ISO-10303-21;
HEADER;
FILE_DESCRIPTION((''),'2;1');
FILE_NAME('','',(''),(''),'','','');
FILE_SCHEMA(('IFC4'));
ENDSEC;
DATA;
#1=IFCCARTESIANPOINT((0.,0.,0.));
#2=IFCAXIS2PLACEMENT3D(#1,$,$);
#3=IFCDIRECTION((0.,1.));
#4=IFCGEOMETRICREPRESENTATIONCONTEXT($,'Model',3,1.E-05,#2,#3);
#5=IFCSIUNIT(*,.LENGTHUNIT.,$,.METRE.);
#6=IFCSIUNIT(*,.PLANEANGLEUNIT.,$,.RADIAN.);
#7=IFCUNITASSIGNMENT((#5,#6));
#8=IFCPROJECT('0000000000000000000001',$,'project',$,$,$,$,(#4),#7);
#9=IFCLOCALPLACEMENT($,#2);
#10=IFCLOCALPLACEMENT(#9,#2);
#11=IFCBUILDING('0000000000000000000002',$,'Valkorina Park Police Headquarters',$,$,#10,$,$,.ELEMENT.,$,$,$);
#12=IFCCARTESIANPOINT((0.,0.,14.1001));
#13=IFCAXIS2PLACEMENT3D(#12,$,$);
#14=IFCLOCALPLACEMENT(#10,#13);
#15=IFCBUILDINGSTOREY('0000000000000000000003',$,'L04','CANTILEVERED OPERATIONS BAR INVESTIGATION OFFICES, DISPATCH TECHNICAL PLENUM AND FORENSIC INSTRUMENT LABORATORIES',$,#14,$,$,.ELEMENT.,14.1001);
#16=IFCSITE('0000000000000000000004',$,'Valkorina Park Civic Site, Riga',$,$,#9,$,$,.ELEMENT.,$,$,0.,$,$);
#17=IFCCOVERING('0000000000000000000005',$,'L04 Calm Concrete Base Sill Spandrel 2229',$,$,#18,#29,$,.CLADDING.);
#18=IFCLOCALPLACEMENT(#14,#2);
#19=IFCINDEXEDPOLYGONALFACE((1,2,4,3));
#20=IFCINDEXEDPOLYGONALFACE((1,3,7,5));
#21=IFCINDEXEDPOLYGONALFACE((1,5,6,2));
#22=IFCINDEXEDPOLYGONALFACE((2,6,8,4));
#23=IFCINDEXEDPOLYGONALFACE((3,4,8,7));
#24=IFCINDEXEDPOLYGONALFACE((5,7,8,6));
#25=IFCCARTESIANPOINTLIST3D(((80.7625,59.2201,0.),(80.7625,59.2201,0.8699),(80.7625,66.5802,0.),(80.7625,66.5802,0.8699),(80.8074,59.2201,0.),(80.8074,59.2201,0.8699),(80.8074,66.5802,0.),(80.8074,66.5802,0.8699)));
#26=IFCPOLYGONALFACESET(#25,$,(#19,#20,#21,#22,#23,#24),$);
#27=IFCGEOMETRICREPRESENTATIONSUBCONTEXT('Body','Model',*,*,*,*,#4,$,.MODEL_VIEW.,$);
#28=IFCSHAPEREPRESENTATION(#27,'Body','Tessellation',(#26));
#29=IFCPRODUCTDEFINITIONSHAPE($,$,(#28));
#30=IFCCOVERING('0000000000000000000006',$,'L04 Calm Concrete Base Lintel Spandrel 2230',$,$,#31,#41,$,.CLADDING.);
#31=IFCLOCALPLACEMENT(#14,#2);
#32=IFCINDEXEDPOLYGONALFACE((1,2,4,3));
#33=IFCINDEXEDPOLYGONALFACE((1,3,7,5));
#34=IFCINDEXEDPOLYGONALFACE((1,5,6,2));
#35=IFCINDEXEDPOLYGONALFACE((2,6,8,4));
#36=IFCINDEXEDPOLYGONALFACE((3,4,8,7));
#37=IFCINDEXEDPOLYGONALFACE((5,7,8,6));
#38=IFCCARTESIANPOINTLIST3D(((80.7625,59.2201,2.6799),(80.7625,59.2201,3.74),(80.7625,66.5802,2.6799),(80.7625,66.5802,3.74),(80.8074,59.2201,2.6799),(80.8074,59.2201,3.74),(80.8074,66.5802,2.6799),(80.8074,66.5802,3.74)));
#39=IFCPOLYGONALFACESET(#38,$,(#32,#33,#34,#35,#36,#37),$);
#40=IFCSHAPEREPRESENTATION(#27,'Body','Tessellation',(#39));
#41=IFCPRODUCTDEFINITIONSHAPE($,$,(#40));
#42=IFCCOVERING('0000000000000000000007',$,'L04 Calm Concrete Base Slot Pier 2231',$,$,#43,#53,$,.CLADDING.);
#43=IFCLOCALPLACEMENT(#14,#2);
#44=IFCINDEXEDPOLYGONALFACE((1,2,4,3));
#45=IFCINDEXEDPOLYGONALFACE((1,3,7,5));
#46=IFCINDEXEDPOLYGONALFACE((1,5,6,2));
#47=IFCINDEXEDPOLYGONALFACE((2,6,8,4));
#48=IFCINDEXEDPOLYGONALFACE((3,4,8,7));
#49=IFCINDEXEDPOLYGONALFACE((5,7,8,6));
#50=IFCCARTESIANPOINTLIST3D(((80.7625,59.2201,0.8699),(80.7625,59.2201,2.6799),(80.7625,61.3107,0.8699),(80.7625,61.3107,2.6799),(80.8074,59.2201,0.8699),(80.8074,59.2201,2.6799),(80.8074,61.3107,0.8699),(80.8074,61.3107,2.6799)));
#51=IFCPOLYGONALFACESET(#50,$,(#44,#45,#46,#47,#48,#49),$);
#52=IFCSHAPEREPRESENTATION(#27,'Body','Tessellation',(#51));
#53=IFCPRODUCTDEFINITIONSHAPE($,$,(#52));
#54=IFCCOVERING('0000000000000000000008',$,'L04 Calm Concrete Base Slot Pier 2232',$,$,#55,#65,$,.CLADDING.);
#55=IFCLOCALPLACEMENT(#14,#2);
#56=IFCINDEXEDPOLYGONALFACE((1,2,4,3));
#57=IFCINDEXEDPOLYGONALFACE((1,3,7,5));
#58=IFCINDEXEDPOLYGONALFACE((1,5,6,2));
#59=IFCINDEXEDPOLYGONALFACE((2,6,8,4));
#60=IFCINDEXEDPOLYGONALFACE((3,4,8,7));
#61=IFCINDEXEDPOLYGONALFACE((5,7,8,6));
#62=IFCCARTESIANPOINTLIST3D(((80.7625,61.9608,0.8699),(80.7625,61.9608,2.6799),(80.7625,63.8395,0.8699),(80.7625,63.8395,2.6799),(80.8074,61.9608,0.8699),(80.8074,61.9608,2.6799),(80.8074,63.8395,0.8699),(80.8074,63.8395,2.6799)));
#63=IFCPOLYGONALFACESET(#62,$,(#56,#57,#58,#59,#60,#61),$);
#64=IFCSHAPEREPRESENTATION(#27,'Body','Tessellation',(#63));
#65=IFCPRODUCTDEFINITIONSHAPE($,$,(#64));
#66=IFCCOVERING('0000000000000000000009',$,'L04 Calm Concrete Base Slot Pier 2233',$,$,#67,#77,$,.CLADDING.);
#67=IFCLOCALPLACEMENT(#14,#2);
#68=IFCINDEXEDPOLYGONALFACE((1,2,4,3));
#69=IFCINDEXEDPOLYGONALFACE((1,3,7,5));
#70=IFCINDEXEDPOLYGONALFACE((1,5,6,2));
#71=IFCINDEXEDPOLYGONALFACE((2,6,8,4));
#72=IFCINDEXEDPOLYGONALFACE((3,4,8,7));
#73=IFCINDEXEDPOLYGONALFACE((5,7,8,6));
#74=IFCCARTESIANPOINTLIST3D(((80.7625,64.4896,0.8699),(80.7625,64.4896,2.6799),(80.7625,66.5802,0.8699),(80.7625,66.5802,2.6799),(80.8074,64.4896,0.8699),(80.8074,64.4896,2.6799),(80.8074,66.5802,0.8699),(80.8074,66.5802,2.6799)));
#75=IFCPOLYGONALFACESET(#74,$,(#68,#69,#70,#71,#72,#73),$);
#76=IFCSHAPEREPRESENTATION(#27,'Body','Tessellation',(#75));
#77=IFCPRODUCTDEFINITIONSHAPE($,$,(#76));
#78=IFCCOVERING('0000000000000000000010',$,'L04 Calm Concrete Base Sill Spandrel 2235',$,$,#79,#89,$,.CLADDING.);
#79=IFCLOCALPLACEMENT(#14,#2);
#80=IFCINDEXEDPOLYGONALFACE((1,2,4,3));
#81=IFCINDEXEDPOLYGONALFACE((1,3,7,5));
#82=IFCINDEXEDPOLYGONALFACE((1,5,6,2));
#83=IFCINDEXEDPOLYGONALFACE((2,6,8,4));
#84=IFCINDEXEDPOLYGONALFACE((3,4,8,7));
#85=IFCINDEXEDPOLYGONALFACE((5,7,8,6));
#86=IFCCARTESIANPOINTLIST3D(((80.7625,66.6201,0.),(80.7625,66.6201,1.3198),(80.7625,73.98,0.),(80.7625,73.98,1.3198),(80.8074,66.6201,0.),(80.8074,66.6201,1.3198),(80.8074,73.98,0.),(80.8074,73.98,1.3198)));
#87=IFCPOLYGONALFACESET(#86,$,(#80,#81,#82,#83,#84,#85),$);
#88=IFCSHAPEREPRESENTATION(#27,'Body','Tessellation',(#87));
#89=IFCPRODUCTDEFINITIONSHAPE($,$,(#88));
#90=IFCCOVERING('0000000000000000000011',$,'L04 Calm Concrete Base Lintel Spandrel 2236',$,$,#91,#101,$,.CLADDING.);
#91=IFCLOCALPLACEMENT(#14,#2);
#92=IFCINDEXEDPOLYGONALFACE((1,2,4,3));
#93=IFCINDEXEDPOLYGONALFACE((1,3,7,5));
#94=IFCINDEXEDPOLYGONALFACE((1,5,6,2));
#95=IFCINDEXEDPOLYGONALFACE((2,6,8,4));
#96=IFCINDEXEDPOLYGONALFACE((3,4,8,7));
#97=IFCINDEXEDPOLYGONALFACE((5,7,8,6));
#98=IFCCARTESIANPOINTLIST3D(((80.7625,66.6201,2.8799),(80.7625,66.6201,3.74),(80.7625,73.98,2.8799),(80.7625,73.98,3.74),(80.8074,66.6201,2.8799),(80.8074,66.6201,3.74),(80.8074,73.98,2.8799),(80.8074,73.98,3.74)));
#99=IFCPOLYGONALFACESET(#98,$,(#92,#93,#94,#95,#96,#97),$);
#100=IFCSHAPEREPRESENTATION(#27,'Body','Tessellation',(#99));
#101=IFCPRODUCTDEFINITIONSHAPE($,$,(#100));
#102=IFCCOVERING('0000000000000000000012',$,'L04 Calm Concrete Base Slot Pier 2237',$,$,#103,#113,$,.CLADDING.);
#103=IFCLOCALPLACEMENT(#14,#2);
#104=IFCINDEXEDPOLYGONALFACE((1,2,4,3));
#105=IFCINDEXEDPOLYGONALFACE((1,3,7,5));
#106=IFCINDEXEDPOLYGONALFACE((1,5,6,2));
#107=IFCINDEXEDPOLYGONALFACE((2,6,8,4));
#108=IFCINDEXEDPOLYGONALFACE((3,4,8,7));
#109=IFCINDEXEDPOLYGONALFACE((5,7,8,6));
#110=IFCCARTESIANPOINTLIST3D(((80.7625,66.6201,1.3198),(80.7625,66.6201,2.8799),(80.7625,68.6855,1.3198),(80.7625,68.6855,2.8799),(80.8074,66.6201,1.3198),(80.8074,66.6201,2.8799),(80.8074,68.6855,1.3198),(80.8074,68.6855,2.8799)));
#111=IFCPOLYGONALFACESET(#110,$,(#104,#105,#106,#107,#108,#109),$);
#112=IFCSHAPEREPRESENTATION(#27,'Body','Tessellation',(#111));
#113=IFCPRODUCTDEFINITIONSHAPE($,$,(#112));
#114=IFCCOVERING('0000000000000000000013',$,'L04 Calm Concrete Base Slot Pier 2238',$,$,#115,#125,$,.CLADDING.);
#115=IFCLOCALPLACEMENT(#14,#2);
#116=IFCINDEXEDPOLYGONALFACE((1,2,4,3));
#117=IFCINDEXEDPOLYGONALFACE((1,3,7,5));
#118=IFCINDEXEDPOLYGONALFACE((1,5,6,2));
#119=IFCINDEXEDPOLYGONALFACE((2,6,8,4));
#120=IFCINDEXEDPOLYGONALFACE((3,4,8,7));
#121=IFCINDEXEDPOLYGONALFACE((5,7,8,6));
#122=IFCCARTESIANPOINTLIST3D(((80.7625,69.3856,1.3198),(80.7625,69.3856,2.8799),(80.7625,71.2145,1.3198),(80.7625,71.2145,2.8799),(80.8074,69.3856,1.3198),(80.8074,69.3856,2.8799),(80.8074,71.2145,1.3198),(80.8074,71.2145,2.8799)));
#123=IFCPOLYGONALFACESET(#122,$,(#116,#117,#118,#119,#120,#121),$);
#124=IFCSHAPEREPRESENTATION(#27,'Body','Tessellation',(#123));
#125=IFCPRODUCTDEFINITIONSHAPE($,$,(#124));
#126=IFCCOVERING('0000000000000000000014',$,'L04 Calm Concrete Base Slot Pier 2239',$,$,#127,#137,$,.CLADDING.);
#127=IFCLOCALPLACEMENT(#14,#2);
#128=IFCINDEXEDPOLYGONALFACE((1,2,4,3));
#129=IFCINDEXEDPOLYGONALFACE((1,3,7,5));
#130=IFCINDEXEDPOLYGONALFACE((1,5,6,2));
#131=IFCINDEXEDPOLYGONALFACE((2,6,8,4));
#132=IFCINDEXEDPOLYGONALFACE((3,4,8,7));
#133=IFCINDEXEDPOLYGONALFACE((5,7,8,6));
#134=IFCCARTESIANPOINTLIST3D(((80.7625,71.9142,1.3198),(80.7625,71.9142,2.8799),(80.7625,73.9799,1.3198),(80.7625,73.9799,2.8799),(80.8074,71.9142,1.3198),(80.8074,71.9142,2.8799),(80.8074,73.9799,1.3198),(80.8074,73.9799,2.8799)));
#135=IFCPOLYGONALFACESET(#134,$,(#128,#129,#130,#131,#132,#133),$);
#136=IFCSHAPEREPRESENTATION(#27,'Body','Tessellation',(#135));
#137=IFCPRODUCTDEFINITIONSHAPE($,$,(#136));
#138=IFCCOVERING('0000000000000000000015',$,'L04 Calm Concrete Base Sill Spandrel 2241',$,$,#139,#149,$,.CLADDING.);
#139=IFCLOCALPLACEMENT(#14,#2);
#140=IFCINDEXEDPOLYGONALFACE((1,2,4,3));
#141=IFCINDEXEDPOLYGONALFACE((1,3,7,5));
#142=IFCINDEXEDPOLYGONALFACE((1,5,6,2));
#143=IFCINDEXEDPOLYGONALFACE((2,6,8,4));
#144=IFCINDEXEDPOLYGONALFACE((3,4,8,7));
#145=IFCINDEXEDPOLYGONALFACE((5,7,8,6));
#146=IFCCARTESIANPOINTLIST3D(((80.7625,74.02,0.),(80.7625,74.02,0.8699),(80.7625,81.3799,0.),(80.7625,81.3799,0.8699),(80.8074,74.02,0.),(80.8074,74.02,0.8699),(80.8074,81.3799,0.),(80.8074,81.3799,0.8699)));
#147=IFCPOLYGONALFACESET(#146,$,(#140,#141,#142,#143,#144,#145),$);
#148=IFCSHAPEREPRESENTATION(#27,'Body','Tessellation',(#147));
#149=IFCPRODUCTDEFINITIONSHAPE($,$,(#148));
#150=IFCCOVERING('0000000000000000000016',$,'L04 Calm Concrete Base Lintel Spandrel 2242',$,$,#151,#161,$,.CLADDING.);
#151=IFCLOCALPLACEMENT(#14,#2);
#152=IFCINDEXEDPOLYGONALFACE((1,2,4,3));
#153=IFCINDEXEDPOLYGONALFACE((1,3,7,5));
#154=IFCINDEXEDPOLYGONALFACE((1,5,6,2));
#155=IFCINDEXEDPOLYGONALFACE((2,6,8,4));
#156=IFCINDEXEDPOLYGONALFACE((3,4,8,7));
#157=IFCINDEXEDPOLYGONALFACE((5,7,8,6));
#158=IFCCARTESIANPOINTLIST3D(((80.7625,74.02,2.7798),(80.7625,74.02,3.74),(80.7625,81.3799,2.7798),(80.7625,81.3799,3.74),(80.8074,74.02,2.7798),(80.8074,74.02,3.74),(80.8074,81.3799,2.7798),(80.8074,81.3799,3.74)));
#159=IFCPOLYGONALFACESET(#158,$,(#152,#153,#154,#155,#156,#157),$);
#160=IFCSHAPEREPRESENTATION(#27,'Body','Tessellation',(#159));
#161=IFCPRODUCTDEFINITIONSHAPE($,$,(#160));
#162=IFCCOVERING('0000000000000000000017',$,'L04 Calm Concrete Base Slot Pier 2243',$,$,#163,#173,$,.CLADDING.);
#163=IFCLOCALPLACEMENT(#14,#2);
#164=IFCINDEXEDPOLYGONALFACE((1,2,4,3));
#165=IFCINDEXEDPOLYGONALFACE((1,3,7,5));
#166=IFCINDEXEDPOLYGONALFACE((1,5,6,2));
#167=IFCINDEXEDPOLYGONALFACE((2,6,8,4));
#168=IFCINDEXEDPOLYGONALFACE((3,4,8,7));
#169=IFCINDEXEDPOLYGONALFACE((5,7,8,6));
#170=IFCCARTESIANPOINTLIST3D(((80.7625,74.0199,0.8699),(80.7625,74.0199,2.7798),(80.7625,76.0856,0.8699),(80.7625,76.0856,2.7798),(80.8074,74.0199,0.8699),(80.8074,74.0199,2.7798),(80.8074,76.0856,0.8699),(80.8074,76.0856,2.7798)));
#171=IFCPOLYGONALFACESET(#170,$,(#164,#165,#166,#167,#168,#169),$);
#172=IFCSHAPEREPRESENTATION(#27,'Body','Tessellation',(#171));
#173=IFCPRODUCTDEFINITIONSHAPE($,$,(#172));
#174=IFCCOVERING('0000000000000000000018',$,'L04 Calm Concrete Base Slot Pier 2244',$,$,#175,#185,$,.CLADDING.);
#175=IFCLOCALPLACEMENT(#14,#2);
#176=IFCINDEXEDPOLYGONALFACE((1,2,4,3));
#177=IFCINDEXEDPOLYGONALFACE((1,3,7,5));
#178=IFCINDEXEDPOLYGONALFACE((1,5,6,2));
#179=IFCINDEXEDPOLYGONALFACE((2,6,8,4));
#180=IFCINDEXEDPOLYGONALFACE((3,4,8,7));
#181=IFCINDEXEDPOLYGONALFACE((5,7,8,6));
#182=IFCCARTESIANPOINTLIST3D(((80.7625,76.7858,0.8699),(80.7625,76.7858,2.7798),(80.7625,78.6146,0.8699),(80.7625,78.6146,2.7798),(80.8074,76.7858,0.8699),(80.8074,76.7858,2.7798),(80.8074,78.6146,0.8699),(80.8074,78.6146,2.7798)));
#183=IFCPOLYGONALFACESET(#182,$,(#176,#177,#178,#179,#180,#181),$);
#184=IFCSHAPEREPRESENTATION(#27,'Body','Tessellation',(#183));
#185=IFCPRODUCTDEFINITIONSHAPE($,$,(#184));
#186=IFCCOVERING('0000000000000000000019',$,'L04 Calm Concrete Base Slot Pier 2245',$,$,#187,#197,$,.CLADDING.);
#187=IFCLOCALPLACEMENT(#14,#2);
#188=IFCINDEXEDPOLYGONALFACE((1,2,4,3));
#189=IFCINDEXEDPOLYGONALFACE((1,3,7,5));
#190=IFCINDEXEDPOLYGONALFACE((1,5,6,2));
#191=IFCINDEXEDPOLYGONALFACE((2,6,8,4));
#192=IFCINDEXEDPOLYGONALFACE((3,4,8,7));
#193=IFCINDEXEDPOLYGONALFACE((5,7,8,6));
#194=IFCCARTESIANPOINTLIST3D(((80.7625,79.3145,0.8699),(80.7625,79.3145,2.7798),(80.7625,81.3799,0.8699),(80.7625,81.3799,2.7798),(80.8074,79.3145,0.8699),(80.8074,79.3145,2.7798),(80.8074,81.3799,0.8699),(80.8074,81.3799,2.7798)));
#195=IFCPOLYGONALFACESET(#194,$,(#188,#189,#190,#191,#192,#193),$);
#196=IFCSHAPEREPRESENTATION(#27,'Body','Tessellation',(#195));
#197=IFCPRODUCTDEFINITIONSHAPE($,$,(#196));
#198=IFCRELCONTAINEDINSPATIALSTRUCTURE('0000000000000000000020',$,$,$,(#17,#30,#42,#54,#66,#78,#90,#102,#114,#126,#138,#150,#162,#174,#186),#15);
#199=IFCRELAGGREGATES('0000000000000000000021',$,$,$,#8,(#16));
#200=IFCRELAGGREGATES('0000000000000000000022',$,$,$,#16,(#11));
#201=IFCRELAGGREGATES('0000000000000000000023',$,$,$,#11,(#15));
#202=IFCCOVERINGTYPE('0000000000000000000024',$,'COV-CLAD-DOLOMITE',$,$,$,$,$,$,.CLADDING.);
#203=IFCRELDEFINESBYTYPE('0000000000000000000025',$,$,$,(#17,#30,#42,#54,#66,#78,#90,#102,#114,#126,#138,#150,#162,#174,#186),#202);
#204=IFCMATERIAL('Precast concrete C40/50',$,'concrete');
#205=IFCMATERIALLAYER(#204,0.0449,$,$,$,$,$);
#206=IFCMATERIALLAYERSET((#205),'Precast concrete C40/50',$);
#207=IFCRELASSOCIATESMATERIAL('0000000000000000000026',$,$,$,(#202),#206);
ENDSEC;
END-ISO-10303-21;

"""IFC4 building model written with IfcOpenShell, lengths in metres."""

from ifc_helpers import new_model, si_unit, direction, frame, frame_2d, origin, place, context, subcontext, project, spatial, rectangle, extrude, material, layer, layer_set, type_object, element, save


model = new_model("IFC4")

# Units and contexts
model_context = context("Model", 3, precision=1e-05, world=origin(), true_north=direction((0.0, 1.0)))
body_context = subcontext(model_context, "Body", "Model", "MODEL_VIEW")
ifc_project = project(units=[si_unit("LENGTHUNIT", "METRE"), si_unit("PLANEANGLEUNIT", "RADIAN")], contexts=[model_context])

# Site, building, storey
site_placement = place(None, origin())
site = spatial("IfcSite", under=ifc_project, at=site_placement, Name="Valkorina Park Civic Site, Riga", CompositionType="ELEMENT", RefElevation=0.0)
building_placement = place(site_placement, origin())
building = spatial("IfcBuilding", under=site, at=building_placement, Name="Valkorina Park Police Headquarters", CompositionType="ELEMENT")
storey_placement = place(building_placement, frame((0.0, 0.0, 14.1001)))
storey = spatial("IfcBuildingStorey", under=building, at=storey_placement, Name="L04", Description="CANTILEVERED OPERATIONS BAR INVESTIGATION OFFICES, DISPATCH TECHNICAL PLENUM AND FORENSIC INSTRUMENT LABORATORIES", CompositionType="ELEMENT", Elevation=14.1001)

# Coverings
ifc_material_1 = material(Name="Precast concrete C40/50", Category="concrete")
ifc_layer_1 = layer(ifc_material_1, 0.0449)
ifc_layer_set_1 = layer_set([ifc_layer_1], Name="Precast concrete C40/50")
covering_type_1 = type_object("IfcCoveringType", Name="COV-CLAD-DOLOMITE", PredefinedType="CLADDING", material=ifc_layer_set_1)
covering_1_placement = place(storey_placement, frame((80.7849, 59.22, 0.0), z_axis=(0.0, 0.0, 1.0), x_axis=(0.0, 1.0, 0.0)))
element("IfcCovering", 1, at=covering_1_placement, inside=storey, type_object=covering_type_1, Name="L04 Calm Concrete Base Sill Spandrel 2229", PredefinedType="CLADDING", context=body_context, shape_type="SweptSolid", body=[
    extrude(rectangle(XDim=7.3601, YDim=0.0449, at=frame_2d((3.6802, 0.0))), origin(), (0.0, 0.0, 1.0), 0.8699),
])
covering_2_placement = place(storey_placement, frame((80.7849, 59.22, 2.6799), z_axis=(0.0, 0.0, 1.0), x_axis=(0.0, 1.0, 0.0)))
element("IfcCovering", 2, at=covering_2_placement, inside=storey, type_object=covering_type_1, Name="L04 Calm Concrete Base Lintel Spandrel 2230", PredefinedType="CLADDING", context=body_context, shape_type="SweptSolid", body=[
    extrude(rectangle(XDim=7.3601, YDim=0.0449, at=frame_2d((3.6802, 0.0))), origin(), (0.0, 0.0, 1.0), 1.0601),
])
covering_3_placement = place(storey_placement, frame((80.7849, 59.22, 0.8699), z_axis=(0.0, 0.0, 1.0), x_axis=(0.0, 1.0, 0.0)))
element("IfcCovering", 3, at=covering_3_placement, inside=storey, type_object=covering_type_1, Name="L04 Calm Concrete Base Slot Pier 2231", PredefinedType="CLADDING", context=body_context, shape_type="SweptSolid", body=[
    extrude(rectangle(XDim=2.0906, YDim=0.0449, at=frame_2d((1.0454, 0.0))), origin(), (0.0, 0.0, 1.0), 1.8101),
])
covering_4_placement = place(storey_placement, frame((80.7849, 61.9607, 0.8699), z_axis=(0.0, 0.0, 1.0), x_axis=(0.0, 1.0, 0.0)))
element("IfcCovering", 4, at=covering_4_placement, inside=storey, type_object=covering_type_1, Name="L04 Calm Concrete Base Slot Pier 2232", PredefinedType="CLADDING", context=body_context, shape_type="SweptSolid", body=[
    extrude(rectangle(XDim=1.8787, YDim=0.0449, at=frame_2d((0.9395, 0.0))), origin(), (0.0, 0.0, 1.0), 1.8101),
])
covering_5_placement = place(storey_placement, frame((80.7849, 64.4895, 0.8699), z_axis=(0.0, 0.0, 1.0), x_axis=(0.0, 1.0, 0.0)))
element("IfcCovering", 5, at=covering_5_placement, inside=storey, type_object=covering_type_1, Name="L04 Calm Concrete Base Slot Pier 2233", PredefinedType="CLADDING", context=body_context, shape_type="SweptSolid", body=[
    extrude(rectangle(XDim=2.0906, YDim=0.0449, at=frame_2d((1.0454, 0.0))), origin(), (0.0, 0.0, 1.0), 1.8101),
])
covering_6_placement = place(storey_placement, frame((80.7849, 66.6201, 0.0), z_axis=(0.0, 0.0, 1.0), x_axis=(0.0, 1.0, 0.0)))
element("IfcCovering", 6, at=covering_6_placement, inside=storey, type_object=covering_type_1, Name="L04 Calm Concrete Base Sill Spandrel 2235", PredefinedType="CLADDING", context=body_context, shape_type="SweptSolid", body=[
    extrude(rectangle(XDim=7.3599, YDim=0.0449, at=frame_2d((3.6799, 0.0))), origin(), (0.0, 0.0, 1.0), 1.3198),
])
covering_7_placement = place(storey_placement, frame((80.7849, 66.6201, 2.8799), z_axis=(0.0, 0.0, 1.0), x_axis=(0.0, 1.0, 0.0)))
element("IfcCovering", 7, at=covering_7_placement, inside=storey, type_object=covering_type_1, Name="L04 Calm Concrete Base Lintel Spandrel 2236", PredefinedType="CLADDING", context=body_context, shape_type="SweptSolid", body=[
    extrude(rectangle(XDim=7.3599, YDim=0.0449, at=frame_2d((3.6799, 0.0))), origin(), (0.0, 0.0, 1.0), 0.8601),
])
covering_8_placement = place(storey_placement, frame((80.7849, 66.6201, 1.3198), z_axis=(0.0, 0.0, 1.0), x_axis=(0.0, 1.0, 0.0)))
element("IfcCovering", 8, at=covering_8_placement, inside=storey, type_object=covering_type_1, Name="L04 Calm Concrete Base Slot Pier 2237", PredefinedType="CLADDING", context=body_context, shape_type="SweptSolid", body=[
    extrude(rectangle(XDim=2.0654, YDim=0.0449, at=frame_2d((1.0327, 0.0))), origin(), (0.0, 0.0, 1.0), 1.5601),
])
covering_9_placement = place(storey_placement, frame((80.7849, 69.3855, 1.3198), z_axis=(0.0, 0.0, 1.0), x_axis=(0.0, 1.0, 0.0)))
element("IfcCovering", 9, at=covering_9_placement, inside=storey, type_object=covering_type_1, Name="L04 Calm Concrete Base Slot Pier 2238", PredefinedType="CLADDING", context=body_context, shape_type="SweptSolid", body=[
    extrude(rectangle(XDim=1.8289, YDim=0.0449, at=frame_2d((0.9146, 0.0))), origin(), (0.0, 0.0, 1.0), 1.5601),
])
covering_10_placement = place(storey_placement, frame((80.7849, 71.9143, 1.3198), z_axis=(0.0, 0.0, 1.0), x_axis=(0.0, 1.0, 0.0)))
element("IfcCovering", 10, at=covering_10_placement, inside=storey, type_object=covering_type_1, Name="L04 Calm Concrete Base Slot Pier 2239", PredefinedType="CLADDING", context=body_context, shape_type="SweptSolid", body=[
    extrude(rectangle(XDim=2.0657, YDim=0.0449, at=frame_2d((1.0327, 0.0))), origin(), (0.0, 0.0, 1.0), 1.5601),
])
covering_11_placement = place(storey_placement, frame((80.7849, 74.02, 0.0), z_axis=(0.0, 0.0, 1.0), x_axis=(0.0, 1.0, 0.0)))
element("IfcCovering", 11, at=covering_11_placement, inside=storey, type_object=covering_type_1, Name="L04 Calm Concrete Base Sill Spandrel 2241", PredefinedType="CLADDING", context=body_context, shape_type="SweptSolid", body=[
    extrude(rectangle(XDim=7.3599, YDim=0.0449, at=frame_2d((3.6799, 0.0))), origin(), (0.0, 0.0, 1.0), 0.8699),
])
covering_12_placement = place(storey_placement, frame((80.7849, 74.02, 2.7798), z_axis=(0.0, 0.0, 1.0), x_axis=(0.0, 1.0, 0.0)))
element("IfcCovering", 12, at=covering_12_placement, inside=storey, type_object=covering_type_1, Name="L04 Calm Concrete Base Lintel Spandrel 2242", PredefinedType="CLADDING", context=body_context, shape_type="SweptSolid", body=[
    extrude(rectangle(XDim=7.3599, YDim=0.0449, at=frame_2d((3.6799, 0.0))), origin(), (0.0, 0.0, 1.0), 0.9602),
])
covering_13_placement = place(storey_placement, frame((80.7849, 74.02, 0.8699), z_axis=(0.0, 0.0, 1.0), x_axis=(0.0, 1.0, 0.0)))
element("IfcCovering", 13, at=covering_13_placement, inside=storey, type_object=covering_type_1, Name="L04 Calm Concrete Base Slot Pier 2243", PredefinedType="CLADDING", context=body_context, shape_type="SweptSolid", body=[
    extrude(rectangle(XDim=2.0657, YDim=0.0449, at=frame_2d((1.0327, 0.0))), origin(), (0.0, 0.0, 1.0), 1.9099),
])
covering_14_placement = place(storey_placement, frame((80.7849, 76.7856, 0.8699), z_axis=(0.0, 0.0, 1.0), x_axis=(0.0, 1.0, 0.0)))
element("IfcCovering", 14, at=covering_14_placement, inside=storey, type_object=covering_type_1, Name="L04 Calm Concrete Base Slot Pier 2244", PredefinedType="CLADDING", context=body_context, shape_type="SweptSolid", body=[
    extrude(rectangle(XDim=1.8289, YDim=0.0449, at=frame_2d((0.9146, 0.0))), origin(), (0.0, 0.0, 1.0), 1.9099),
])
covering_15_placement = place(storey_placement, frame((80.7849, 79.3145, 0.8699), z_axis=(0.0, 0.0, 1.0), x_axis=(0.0, 1.0, 0.0)))
element("IfcCovering", 15, at=covering_15_placement, inside=storey, type_object=covering_type_1, Name="L04 Calm Concrete Base Slot Pier 2245", PredefinedType="CLADDING", context=body_context, shape_type="SweptSolid", body=[
    extrude(rectangle(XDim=2.0654, YDim=0.0449, at=frame_2d((1.0327, 0.0))), origin(), (0.0, 0.0, 1.0), 1.9099),
])

save(model, "model.ifc")
